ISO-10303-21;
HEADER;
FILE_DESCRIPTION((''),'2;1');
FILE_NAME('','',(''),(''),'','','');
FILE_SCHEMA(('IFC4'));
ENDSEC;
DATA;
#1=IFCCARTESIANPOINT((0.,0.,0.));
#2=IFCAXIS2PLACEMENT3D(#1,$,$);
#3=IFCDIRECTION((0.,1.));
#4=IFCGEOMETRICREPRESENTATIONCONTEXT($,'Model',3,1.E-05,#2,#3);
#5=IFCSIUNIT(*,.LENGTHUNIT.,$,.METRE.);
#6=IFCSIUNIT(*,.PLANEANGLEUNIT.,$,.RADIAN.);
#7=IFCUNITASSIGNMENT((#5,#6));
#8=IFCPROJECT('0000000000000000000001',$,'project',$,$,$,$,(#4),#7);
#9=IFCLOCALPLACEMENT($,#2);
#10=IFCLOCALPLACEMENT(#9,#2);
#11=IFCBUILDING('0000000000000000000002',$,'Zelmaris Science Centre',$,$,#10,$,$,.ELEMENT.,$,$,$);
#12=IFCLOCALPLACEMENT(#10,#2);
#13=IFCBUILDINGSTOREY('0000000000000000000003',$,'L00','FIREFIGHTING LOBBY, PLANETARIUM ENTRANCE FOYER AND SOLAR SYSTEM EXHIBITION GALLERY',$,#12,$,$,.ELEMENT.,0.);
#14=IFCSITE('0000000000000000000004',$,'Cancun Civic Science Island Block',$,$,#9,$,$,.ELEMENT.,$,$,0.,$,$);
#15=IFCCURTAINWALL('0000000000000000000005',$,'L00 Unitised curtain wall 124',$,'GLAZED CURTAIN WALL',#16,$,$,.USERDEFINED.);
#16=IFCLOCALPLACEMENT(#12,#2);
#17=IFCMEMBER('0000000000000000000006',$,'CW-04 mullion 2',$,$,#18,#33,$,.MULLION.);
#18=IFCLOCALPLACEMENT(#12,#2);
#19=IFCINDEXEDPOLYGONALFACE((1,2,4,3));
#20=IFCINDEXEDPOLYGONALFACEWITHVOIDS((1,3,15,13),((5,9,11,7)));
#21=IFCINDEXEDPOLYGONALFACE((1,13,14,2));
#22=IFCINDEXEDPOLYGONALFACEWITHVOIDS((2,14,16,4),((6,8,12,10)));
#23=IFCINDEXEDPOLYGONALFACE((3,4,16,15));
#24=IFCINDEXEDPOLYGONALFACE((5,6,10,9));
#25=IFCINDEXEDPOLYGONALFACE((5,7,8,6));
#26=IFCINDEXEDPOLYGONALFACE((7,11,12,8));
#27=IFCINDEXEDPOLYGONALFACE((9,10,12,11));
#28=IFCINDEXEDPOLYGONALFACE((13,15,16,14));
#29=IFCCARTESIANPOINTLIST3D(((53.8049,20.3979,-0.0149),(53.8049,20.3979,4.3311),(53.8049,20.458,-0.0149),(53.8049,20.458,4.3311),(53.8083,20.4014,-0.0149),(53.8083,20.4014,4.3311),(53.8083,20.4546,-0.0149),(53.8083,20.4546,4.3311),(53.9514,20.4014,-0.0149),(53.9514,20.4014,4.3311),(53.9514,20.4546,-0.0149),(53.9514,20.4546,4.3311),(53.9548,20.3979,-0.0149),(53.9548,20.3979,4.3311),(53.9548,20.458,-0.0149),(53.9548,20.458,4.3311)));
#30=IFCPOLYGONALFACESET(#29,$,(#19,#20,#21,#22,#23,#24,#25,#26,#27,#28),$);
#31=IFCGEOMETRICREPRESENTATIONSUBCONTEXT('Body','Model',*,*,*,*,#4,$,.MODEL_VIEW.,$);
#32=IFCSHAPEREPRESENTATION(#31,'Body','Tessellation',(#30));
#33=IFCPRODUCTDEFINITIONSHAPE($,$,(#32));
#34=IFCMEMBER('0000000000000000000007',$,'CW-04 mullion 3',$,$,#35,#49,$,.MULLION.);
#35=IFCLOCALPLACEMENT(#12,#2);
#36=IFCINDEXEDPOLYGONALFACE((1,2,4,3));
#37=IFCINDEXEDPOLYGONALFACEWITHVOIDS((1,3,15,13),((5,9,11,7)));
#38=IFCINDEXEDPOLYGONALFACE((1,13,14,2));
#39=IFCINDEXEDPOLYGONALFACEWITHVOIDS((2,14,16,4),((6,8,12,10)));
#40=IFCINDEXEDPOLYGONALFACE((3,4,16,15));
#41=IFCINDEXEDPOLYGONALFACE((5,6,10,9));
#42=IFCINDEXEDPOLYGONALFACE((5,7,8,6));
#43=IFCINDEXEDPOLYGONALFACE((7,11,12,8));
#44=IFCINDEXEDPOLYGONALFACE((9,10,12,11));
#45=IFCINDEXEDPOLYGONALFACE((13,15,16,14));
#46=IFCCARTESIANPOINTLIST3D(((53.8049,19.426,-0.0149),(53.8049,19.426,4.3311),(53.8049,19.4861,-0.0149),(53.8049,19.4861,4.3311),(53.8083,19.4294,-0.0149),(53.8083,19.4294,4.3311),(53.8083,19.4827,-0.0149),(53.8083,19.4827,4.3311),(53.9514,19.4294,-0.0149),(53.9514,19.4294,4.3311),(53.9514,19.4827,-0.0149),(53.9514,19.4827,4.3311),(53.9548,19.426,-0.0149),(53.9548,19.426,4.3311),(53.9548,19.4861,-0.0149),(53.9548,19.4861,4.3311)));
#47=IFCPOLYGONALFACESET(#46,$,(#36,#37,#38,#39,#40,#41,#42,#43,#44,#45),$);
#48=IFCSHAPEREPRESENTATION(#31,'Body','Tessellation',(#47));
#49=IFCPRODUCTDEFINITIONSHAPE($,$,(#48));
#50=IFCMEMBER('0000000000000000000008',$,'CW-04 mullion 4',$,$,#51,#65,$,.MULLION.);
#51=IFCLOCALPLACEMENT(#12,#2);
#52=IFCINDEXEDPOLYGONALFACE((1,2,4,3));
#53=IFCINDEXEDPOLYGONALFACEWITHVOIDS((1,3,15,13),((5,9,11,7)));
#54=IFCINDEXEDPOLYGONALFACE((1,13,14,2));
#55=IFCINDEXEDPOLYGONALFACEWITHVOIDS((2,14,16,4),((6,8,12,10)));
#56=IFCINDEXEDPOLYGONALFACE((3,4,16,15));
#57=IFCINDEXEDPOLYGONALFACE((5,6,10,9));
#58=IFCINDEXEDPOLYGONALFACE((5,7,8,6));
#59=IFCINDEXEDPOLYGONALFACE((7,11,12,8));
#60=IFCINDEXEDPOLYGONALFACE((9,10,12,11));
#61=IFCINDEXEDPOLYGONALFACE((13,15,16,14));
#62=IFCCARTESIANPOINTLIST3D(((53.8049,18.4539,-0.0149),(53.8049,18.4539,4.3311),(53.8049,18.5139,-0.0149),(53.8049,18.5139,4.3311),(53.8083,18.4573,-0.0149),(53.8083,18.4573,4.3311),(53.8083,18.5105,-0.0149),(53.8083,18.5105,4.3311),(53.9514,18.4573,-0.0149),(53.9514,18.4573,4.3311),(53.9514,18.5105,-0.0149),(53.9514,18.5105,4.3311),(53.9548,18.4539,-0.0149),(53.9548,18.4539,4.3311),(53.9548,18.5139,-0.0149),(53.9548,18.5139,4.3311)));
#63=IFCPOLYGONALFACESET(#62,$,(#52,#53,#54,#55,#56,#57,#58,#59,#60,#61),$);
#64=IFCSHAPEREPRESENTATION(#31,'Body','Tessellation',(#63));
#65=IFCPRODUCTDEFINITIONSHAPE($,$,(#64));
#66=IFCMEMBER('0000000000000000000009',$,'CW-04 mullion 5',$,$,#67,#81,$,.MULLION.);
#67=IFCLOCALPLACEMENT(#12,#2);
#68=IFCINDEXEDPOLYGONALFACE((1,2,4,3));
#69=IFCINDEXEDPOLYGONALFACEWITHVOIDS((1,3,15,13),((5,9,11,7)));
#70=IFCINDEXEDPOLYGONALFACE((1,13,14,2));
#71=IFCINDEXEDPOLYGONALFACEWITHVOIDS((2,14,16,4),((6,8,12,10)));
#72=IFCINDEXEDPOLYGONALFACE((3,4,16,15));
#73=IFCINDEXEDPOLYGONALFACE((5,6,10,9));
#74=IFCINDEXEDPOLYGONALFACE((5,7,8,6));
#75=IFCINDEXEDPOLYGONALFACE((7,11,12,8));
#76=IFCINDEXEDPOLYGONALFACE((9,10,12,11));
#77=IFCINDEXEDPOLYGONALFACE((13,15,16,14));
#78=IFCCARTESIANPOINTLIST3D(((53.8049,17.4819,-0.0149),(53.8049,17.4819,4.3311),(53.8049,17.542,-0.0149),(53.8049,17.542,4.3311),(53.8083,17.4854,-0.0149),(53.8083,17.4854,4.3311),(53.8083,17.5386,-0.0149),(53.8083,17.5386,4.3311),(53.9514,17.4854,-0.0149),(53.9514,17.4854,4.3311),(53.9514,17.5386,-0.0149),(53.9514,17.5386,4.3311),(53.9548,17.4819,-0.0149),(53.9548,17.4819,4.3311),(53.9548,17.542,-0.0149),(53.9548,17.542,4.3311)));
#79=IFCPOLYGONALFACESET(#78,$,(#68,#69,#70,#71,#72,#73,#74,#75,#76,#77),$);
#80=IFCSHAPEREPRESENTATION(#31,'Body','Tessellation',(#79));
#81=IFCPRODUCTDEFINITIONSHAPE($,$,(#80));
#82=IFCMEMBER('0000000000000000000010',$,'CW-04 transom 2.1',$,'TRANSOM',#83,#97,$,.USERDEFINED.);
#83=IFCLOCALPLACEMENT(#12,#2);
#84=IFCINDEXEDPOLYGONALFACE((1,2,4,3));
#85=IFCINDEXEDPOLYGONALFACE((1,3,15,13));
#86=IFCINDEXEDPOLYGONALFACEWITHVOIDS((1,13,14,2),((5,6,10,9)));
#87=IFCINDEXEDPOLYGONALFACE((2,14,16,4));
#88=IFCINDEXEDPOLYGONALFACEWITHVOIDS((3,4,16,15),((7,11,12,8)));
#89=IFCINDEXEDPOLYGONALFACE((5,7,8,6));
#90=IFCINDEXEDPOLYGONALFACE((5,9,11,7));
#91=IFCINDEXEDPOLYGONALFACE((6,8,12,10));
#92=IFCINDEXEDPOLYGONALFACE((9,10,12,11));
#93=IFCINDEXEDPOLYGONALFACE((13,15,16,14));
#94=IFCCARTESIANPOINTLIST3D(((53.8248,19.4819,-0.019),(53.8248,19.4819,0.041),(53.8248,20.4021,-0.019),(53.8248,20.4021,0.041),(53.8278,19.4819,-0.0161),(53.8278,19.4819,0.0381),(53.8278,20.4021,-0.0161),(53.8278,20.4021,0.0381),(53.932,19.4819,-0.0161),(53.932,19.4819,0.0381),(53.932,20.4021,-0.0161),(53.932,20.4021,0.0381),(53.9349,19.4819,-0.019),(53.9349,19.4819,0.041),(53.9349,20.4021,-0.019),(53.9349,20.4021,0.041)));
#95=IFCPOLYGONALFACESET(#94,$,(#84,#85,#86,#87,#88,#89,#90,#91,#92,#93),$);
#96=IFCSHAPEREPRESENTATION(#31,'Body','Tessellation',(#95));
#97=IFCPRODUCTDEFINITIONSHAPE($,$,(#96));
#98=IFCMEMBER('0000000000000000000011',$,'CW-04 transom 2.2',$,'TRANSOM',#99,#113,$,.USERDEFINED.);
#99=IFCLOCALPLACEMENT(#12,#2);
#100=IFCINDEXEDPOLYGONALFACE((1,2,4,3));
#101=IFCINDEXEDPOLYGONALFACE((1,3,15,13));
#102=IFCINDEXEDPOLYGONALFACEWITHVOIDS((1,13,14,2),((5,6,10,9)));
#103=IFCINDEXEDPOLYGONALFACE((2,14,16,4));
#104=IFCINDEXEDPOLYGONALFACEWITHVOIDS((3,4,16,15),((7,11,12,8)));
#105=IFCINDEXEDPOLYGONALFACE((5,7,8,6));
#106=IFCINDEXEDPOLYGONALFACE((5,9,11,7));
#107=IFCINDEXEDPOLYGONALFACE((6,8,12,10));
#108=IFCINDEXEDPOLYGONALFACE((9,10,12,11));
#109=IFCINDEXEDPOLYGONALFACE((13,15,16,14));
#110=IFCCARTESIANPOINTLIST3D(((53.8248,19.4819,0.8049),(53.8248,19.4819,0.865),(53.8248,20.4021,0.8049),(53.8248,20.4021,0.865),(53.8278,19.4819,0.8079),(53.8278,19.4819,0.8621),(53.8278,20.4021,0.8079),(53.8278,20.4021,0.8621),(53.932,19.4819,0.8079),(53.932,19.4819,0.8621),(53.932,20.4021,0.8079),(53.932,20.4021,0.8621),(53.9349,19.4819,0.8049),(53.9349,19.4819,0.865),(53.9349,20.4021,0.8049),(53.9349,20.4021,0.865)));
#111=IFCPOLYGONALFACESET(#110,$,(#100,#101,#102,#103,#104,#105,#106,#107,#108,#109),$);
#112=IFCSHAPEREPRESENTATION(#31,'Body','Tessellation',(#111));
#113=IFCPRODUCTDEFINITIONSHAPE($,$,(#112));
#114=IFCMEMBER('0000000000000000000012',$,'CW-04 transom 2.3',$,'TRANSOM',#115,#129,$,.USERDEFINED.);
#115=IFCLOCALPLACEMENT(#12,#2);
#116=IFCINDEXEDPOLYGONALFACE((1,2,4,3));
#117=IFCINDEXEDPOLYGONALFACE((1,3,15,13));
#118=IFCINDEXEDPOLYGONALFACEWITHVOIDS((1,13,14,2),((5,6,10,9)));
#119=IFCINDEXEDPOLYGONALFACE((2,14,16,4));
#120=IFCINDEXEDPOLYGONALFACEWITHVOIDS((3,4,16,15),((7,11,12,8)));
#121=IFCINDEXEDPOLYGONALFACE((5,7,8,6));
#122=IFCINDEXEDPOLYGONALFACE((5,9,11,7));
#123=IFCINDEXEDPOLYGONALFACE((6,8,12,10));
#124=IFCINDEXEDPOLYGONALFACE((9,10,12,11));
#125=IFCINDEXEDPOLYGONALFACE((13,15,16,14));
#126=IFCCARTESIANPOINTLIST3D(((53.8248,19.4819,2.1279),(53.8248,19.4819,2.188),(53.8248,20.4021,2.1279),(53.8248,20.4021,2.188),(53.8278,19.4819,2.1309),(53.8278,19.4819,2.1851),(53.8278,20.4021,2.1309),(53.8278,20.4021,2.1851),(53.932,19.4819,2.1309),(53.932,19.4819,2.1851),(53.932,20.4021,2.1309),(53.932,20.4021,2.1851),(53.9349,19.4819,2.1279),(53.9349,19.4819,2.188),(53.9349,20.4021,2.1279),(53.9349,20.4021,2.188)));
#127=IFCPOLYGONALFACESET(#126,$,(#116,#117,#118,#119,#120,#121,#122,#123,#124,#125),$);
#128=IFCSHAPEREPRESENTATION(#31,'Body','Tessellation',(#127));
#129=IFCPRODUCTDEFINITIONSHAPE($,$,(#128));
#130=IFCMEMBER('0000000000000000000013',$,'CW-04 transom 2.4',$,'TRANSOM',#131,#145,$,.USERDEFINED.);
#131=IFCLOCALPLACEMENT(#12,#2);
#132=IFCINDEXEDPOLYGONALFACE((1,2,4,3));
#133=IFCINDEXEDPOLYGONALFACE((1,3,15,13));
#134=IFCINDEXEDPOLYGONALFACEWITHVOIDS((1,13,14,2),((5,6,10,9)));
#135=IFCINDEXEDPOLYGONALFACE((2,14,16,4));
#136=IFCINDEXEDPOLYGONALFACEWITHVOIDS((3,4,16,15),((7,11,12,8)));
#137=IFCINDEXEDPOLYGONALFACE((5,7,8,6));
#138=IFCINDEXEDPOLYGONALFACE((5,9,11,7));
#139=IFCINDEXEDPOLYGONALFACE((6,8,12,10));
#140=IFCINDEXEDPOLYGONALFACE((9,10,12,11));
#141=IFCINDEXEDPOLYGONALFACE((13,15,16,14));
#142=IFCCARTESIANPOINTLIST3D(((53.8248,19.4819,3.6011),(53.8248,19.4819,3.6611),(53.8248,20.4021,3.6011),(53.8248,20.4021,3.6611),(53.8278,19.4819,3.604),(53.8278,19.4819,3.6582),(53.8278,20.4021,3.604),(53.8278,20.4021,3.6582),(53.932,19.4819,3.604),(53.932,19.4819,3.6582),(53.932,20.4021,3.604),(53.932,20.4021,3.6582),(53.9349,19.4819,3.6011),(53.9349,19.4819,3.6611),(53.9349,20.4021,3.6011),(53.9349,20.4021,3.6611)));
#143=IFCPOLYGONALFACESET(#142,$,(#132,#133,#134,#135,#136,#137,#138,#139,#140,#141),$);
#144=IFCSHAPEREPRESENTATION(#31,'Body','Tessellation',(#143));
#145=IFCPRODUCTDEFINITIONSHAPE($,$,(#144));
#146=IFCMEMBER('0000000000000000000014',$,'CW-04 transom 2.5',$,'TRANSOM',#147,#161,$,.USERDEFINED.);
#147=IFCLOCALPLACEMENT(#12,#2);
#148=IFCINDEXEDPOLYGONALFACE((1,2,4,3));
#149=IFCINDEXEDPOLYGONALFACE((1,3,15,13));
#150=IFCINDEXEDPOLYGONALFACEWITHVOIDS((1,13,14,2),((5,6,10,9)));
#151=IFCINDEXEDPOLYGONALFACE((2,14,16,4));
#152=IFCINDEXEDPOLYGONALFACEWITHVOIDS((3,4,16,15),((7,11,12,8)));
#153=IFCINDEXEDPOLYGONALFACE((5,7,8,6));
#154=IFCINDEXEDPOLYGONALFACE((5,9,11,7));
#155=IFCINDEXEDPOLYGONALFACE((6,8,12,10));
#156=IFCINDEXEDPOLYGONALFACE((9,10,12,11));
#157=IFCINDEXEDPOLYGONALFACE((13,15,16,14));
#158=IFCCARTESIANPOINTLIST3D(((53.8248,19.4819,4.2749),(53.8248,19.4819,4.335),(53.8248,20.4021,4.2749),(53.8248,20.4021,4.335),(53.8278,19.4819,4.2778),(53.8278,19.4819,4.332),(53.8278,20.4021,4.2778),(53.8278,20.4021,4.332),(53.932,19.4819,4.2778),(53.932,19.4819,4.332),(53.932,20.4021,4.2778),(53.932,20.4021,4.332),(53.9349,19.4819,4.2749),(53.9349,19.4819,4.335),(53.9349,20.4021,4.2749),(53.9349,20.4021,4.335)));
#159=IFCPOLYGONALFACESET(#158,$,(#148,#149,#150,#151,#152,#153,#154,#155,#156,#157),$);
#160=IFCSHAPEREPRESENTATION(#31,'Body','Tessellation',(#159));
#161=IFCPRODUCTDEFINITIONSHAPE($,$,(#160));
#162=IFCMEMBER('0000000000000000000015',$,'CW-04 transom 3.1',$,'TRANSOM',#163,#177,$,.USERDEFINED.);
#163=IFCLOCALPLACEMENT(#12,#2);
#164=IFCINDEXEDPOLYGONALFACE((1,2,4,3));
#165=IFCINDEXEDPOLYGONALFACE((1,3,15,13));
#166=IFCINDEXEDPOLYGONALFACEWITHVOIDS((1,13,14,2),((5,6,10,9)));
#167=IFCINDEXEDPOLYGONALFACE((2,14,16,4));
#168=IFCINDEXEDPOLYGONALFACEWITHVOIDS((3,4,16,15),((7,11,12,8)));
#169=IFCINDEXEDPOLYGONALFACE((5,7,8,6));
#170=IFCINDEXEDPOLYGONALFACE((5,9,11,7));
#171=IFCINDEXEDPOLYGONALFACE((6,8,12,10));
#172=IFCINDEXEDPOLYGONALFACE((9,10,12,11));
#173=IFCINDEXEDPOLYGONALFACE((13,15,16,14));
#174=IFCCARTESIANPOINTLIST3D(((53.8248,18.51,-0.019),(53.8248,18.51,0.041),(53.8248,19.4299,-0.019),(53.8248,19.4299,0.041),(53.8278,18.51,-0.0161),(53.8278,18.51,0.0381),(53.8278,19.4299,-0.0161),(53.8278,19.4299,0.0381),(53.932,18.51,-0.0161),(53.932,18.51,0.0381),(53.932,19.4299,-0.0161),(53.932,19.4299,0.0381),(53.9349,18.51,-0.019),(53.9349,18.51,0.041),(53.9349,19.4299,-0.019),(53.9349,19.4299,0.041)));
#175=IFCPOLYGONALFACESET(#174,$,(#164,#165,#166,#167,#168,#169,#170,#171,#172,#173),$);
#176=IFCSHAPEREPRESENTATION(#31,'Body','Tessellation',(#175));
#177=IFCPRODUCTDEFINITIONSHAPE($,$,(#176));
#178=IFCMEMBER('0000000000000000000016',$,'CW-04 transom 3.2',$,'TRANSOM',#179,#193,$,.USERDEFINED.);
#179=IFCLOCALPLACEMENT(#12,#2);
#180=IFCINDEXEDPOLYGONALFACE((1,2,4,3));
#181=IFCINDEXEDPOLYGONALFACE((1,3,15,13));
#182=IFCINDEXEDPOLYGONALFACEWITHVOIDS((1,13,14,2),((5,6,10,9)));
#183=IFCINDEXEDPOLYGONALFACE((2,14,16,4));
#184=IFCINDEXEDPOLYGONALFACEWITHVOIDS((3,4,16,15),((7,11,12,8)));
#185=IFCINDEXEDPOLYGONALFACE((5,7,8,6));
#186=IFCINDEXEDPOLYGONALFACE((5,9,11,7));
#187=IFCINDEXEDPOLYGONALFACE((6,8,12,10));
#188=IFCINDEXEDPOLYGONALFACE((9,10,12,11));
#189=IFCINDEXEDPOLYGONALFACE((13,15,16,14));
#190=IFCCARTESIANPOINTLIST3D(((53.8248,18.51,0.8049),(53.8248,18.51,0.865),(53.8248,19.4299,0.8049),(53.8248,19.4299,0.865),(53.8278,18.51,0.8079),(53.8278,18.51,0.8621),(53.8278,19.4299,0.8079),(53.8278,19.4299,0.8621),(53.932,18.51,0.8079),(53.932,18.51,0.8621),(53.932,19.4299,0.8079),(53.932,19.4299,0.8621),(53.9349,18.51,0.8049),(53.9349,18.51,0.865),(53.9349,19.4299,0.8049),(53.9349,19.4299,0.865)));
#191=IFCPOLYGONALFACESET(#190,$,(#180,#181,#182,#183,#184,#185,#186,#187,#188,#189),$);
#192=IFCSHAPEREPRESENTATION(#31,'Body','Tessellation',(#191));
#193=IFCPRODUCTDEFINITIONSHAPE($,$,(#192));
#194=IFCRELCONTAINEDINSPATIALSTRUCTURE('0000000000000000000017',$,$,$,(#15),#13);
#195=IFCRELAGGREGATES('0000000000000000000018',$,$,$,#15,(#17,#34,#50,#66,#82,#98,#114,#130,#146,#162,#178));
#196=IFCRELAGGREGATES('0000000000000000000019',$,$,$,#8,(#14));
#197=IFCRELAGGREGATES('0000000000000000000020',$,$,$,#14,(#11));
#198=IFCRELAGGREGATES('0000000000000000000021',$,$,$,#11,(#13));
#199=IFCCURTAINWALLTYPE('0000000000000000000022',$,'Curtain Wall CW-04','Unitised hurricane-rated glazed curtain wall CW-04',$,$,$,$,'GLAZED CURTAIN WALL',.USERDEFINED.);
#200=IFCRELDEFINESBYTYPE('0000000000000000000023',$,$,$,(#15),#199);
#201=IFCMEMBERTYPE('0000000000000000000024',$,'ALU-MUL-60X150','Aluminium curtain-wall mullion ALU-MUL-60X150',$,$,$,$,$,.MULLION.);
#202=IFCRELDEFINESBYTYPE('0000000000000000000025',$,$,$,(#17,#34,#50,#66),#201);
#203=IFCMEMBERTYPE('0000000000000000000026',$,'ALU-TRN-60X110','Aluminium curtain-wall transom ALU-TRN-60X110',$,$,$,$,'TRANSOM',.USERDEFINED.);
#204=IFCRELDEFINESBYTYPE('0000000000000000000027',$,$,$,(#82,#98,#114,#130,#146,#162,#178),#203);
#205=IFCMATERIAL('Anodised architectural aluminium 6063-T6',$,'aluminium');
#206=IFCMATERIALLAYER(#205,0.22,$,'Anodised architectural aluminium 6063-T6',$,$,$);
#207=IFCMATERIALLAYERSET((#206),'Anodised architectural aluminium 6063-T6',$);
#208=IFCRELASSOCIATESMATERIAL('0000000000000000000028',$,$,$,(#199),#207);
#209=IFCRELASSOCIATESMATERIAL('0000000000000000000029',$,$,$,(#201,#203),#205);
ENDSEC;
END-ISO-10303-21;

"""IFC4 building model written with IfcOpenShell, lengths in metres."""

from ifc_helpers import new_model, si_unit, direction, frame, origin, origin_2d, place, context, subcontext, project, spatial, hollow_rectangle, extrude, material, layer, layer_set, material_profile, profile_set, type_object, element, aggregate, save


model = new_model("IFC4")

# Units and contexts
model_context = context("Model", 3, precision=1e-05, world=origin(), true_north=direction((0.0, 1.0)))
body_context = subcontext(model_context, "Body", "Model", "MODEL_VIEW")
ifc_project = project(units=[si_unit("LENGTHUNIT", "METRE"), si_unit("PLANEANGLEUNIT", "RADIAN")], contexts=[model_context])

# Site, building, storey
site_placement = place(None, origin())
site = spatial("IfcSite", under=ifc_project, at=site_placement, Name="Cancun Civic Science Island Block", CompositionType="ELEMENT", RefElevation=0.0)
building_placement = place(site_placement, origin())
building = spatial("IfcBuilding", under=site, at=building_placement, Name="Zelmaris Science Centre", CompositionType="ELEMENT")
storey_placement = place(building_placement, origin())
storey = spatial("IfcBuildingStorey", under=building, at=storey_placement, Name="L00", Description="FIREFIGHTING LOBBY, PLANETARIUM ENTRANCE FOYER AND SOLAR SYSTEM EXHIBITION GALLERY", CompositionType="ELEMENT", Elevation=0.0)

# Curtain wall, members
ifc_material_1 = material(Name="Anodised architectural aluminium 6063-T6", Category="aluminium")
ifc_layer_1 = layer(ifc_material_1, 0.22, Name="Anodised architectural aluminium 6063-T6")
ifc_layer_set_1 = layer_set([ifc_layer_1], Name="Anodised architectural aluminium 6063-T6")
curtain_wall_type = type_object("IfcCurtainWallType", Name="Curtain Wall CW-04", Description="Unitised hurricane-rated glazed curtain wall CW-04", ElementType="GLAZED CURTAIN WALL", PredefinedType="USERDEFINED", material=ifc_layer_set_1)
curtain_wall_placement = place(storey_placement, origin())
curtain_wall = element("IfcCurtainWall", 1, at=curtain_wall_placement, inside=storey, type_object=curtain_wall_type, Name="L00 Unitised curtain wall 124", ObjectType="GLAZED CURTAIN WALL", PredefinedType="USERDEFINED")
ifc_material_profile_1 = material_profile(ifc_material_1, hollow_rectangle(XDim=0.0601, YDim=0.1499, WallThickness=0.0034, at=origin_2d()), Name="ALU-MUL-60X150")
ifc_profile_set_1 = profile_set([ifc_material_profile_1], Name="Anodised architectural aluminium 6063-T6")
member_type_1 = type_object("IfcMemberType", Name="ALU-MUL-60X150", Description="Aluminium curtain-wall mullion ALU-MUL-60X150", PredefinedType="MULLION", material=ifc_profile_set_1)
member_1_placement = place(storey_placement, frame((53.8799, 20.428, -0.0149), z_axis=(0.0, 0.0, 1.0), x_axis=(-0.000005, -1.0, 0.0)))
member_1 = element("IfcMember", 2, at=member_1_placement, type_object=member_type_1, Name="CW-04 mullion 2", PredefinedType="MULLION", context=body_context, shape_type="SweptSolid", body=[
    extrude(hollow_rectangle(XDim=0.0601, YDim=0.1499, WallThickness=0.0034, at=origin_2d()), origin(), (0.0, 0.0, 1.0), 4.3459),
])
member_2_placement = place(storey_placement, frame((53.8799, 19.4561, -0.0149), z_axis=(0.0, 0.0, 1.0), x_axis=(-0.000005, -1.0, 0.0)))
member_2 = element("IfcMember", 3, at=member_2_placement, type_object=member_type_1, Name="CW-04 mullion 3", PredefinedType="MULLION", context=body_context, shape_type="SweptSolid", body=[
    extrude(hollow_rectangle(XDim=0.0601, YDim=0.1499, WallThickness=0.0034, at=origin_2d()), origin(), (0.0, 0.0, 1.0), 4.3459),
])
member_3_placement = place(storey_placement, frame((53.8799, 18.4839, -0.0149), z_axis=(0.0, 0.0, 1.0), x_axis=(-0.000005, -1.0, 0.0)))
member_3 = element("IfcMember", 4, at=member_3_placement, type_object=member_type_1, Name="CW-04 mullion 4", PredefinedType="MULLION", context=body_context, shape_type="SweptSolid", body=[
    extrude(hollow_rectangle(XDim=0.0601, YDim=0.1499, WallThickness=0.0034, at=origin_2d()), origin(), (0.0, 0.0, 1.0), 4.3459),
])
member_4_placement = place(storey_placement, frame((53.8799, 17.512, -0.0149), z_axis=(0.0, 0.0, 1.0), x_axis=(-0.000005, -1.0, 0.0)))
member_4 = element("IfcMember", 5, at=member_4_placement, type_object=member_type_1, Name="CW-04 mullion 5", PredefinedType="MULLION", context=body_context, shape_type="SweptSolid", body=[
    extrude(hollow_rectangle(XDim=0.0601, YDim=0.1499, WallThickness=0.0034, at=origin_2d()), origin(), (0.0, 0.0, 1.0), 4.3459),
])
ifc_material_profile_2 = material_profile(ifc_material_1, hollow_rectangle(XDim=0.0601, YDim=0.1101, WallThickness=0.0029, at=origin_2d()), Name="ALU-TRN-60X110")
ifc_profile_set_2 = profile_set([ifc_material_profile_2], Name="Anodised architectural aluminium 6063-T6")
member_type_2 = type_object("IfcMemberType", Name="ALU-TRN-60X110", Description="Aluminium curtain-wall transom ALU-TRN-60X110", ElementType="TRANSOM", PredefinedType="USERDEFINED", material=ifc_profile_set_2)
member_5_placement = place(storey_placement, frame((53.8799, 20.4021, 0.011), z_axis=(0.0, -1.0, 0.0), x_axis=(0.0, 0.0, 1.0)))
member_5 = element("IfcMember", 6, at=member_5_placement, type_object=member_type_2, Name="CW-04 transom 2.1", ObjectType="TRANSOM", PredefinedType="USERDEFINED", context=body_context, shape_type="SweptSolid", body=[
    extrude(hollow_rectangle(XDim=0.0601, YDim=0.1101, WallThickness=0.0029, at=origin_2d()), origin(), (0.0, 0.0, 1.0), 0.9202),
])
member_6_placement = place(storey_placement, frame((53.8799, 20.4021, 0.835), z_axis=(0.0, -1.0, 0.0), x_axis=(0.0, 0.0, 1.0)))
member_6 = element("IfcMember", 7, at=member_6_placement, type_object=member_type_2, Name="CW-04 transom 2.2", ObjectType="TRANSOM", PredefinedType="USERDEFINED", context=body_context, shape_type="SweptSolid", body=[
    extrude(hollow_rectangle(XDim=0.0601, YDim=0.1101, WallThickness=0.0029, at=origin_2d()), origin(), (0.0, 0.0, 1.0), 0.9202),
])
member_7_placement = place(storey_placement, frame((53.8799, 20.4021, 2.158), z_axis=(0.0, -1.0, 0.0), x_axis=(0.0, 0.0, 1.0)))
member_7 = element("IfcMember", 8, at=member_7_placement, type_object=member_type_2, Name="CW-04 transom 2.3", ObjectType="TRANSOM", PredefinedType="USERDEFINED", context=body_context, shape_type="SweptSolid", body=[
    extrude(hollow_rectangle(XDim=0.0601, YDim=0.1101, WallThickness=0.0029, at=origin_2d()), origin(), (0.0, 0.0, 1.0), 0.9202),
])
member_8_placement = place(storey_placement, frame((53.8799, 20.4021, 3.6311), z_axis=(0.0, -1.0, 0.0), x_axis=(0.0, 0.0, 1.0)))
member_8 = element("IfcMember", 9, at=member_8_placement, type_object=member_type_2, Name="CW-04 transom 2.4", ObjectType="TRANSOM", PredefinedType="USERDEFINED", context=body_context, shape_type="SweptSolid", body=[
    extrude(hollow_rectangle(XDim=0.0601, YDim=0.1101, WallThickness=0.0029, at=origin_2d()), origin(), (0.0, 0.0, 1.0), 0.9202),
])
member_9_placement = place(storey_placement, frame((53.8799, 20.4021, 4.3049), z_axis=(0.0, -1.0, 0.0), x_axis=(0.0, 0.0, 1.0)))
member_9 = element("IfcMember", 10, at=member_9_placement, type_object=member_type_2, Name="CW-04 transom 2.5", ObjectType="TRANSOM", PredefinedType="USERDEFINED", context=body_context, shape_type="SweptSolid", body=[
    extrude(hollow_rectangle(XDim=0.0601, YDim=0.1101, WallThickness=0.0029, at=origin_2d()), origin(), (0.0, 0.0, 1.0), 0.9202),
])
member_10_placement = place(storey_placement, frame((53.8799, 19.4299, 0.011), z_axis=(0.0, -1.0, 0.0), x_axis=(0.0, 0.0, 1.0)))
member_10 = element("IfcMember", 11, at=member_10_placement, type_object=member_type_2, Name="CW-04 transom 3.1", ObjectType="TRANSOM", PredefinedType="USERDEFINED", context=body_context, shape_type="SweptSolid", body=[
    extrude(hollow_rectangle(XDim=0.0601, YDim=0.1101, WallThickness=0.0029, at=origin_2d()), origin(), (0.0, 0.0, 1.0), 0.9199),
])
member_11_placement = place(storey_placement, frame((53.8799, 19.4299, 0.835), z_axis=(0.0, -1.0, 0.0), x_axis=(0.0, 0.0, 1.0)))
member_11 = element("IfcMember", 12, at=member_11_placement, type_object=member_type_2, Name="CW-04 transom 3.2", ObjectType="TRANSOM", PredefinedType="USERDEFINED", context=body_context, shape_type="SweptSolid", body=[
    extrude(hollow_rectangle(XDim=0.0601, YDim=0.1101, WallThickness=0.0029, at=origin_2d()), origin(), (0.0, 0.0, 1.0), 0.9199),
])
aggregate(curtain_wall, [member_1, member_2, member_3, member_4, member_5, member_6, member_7, member_8, member_9, member_10, member_11])

save(model, "model.ifc")
